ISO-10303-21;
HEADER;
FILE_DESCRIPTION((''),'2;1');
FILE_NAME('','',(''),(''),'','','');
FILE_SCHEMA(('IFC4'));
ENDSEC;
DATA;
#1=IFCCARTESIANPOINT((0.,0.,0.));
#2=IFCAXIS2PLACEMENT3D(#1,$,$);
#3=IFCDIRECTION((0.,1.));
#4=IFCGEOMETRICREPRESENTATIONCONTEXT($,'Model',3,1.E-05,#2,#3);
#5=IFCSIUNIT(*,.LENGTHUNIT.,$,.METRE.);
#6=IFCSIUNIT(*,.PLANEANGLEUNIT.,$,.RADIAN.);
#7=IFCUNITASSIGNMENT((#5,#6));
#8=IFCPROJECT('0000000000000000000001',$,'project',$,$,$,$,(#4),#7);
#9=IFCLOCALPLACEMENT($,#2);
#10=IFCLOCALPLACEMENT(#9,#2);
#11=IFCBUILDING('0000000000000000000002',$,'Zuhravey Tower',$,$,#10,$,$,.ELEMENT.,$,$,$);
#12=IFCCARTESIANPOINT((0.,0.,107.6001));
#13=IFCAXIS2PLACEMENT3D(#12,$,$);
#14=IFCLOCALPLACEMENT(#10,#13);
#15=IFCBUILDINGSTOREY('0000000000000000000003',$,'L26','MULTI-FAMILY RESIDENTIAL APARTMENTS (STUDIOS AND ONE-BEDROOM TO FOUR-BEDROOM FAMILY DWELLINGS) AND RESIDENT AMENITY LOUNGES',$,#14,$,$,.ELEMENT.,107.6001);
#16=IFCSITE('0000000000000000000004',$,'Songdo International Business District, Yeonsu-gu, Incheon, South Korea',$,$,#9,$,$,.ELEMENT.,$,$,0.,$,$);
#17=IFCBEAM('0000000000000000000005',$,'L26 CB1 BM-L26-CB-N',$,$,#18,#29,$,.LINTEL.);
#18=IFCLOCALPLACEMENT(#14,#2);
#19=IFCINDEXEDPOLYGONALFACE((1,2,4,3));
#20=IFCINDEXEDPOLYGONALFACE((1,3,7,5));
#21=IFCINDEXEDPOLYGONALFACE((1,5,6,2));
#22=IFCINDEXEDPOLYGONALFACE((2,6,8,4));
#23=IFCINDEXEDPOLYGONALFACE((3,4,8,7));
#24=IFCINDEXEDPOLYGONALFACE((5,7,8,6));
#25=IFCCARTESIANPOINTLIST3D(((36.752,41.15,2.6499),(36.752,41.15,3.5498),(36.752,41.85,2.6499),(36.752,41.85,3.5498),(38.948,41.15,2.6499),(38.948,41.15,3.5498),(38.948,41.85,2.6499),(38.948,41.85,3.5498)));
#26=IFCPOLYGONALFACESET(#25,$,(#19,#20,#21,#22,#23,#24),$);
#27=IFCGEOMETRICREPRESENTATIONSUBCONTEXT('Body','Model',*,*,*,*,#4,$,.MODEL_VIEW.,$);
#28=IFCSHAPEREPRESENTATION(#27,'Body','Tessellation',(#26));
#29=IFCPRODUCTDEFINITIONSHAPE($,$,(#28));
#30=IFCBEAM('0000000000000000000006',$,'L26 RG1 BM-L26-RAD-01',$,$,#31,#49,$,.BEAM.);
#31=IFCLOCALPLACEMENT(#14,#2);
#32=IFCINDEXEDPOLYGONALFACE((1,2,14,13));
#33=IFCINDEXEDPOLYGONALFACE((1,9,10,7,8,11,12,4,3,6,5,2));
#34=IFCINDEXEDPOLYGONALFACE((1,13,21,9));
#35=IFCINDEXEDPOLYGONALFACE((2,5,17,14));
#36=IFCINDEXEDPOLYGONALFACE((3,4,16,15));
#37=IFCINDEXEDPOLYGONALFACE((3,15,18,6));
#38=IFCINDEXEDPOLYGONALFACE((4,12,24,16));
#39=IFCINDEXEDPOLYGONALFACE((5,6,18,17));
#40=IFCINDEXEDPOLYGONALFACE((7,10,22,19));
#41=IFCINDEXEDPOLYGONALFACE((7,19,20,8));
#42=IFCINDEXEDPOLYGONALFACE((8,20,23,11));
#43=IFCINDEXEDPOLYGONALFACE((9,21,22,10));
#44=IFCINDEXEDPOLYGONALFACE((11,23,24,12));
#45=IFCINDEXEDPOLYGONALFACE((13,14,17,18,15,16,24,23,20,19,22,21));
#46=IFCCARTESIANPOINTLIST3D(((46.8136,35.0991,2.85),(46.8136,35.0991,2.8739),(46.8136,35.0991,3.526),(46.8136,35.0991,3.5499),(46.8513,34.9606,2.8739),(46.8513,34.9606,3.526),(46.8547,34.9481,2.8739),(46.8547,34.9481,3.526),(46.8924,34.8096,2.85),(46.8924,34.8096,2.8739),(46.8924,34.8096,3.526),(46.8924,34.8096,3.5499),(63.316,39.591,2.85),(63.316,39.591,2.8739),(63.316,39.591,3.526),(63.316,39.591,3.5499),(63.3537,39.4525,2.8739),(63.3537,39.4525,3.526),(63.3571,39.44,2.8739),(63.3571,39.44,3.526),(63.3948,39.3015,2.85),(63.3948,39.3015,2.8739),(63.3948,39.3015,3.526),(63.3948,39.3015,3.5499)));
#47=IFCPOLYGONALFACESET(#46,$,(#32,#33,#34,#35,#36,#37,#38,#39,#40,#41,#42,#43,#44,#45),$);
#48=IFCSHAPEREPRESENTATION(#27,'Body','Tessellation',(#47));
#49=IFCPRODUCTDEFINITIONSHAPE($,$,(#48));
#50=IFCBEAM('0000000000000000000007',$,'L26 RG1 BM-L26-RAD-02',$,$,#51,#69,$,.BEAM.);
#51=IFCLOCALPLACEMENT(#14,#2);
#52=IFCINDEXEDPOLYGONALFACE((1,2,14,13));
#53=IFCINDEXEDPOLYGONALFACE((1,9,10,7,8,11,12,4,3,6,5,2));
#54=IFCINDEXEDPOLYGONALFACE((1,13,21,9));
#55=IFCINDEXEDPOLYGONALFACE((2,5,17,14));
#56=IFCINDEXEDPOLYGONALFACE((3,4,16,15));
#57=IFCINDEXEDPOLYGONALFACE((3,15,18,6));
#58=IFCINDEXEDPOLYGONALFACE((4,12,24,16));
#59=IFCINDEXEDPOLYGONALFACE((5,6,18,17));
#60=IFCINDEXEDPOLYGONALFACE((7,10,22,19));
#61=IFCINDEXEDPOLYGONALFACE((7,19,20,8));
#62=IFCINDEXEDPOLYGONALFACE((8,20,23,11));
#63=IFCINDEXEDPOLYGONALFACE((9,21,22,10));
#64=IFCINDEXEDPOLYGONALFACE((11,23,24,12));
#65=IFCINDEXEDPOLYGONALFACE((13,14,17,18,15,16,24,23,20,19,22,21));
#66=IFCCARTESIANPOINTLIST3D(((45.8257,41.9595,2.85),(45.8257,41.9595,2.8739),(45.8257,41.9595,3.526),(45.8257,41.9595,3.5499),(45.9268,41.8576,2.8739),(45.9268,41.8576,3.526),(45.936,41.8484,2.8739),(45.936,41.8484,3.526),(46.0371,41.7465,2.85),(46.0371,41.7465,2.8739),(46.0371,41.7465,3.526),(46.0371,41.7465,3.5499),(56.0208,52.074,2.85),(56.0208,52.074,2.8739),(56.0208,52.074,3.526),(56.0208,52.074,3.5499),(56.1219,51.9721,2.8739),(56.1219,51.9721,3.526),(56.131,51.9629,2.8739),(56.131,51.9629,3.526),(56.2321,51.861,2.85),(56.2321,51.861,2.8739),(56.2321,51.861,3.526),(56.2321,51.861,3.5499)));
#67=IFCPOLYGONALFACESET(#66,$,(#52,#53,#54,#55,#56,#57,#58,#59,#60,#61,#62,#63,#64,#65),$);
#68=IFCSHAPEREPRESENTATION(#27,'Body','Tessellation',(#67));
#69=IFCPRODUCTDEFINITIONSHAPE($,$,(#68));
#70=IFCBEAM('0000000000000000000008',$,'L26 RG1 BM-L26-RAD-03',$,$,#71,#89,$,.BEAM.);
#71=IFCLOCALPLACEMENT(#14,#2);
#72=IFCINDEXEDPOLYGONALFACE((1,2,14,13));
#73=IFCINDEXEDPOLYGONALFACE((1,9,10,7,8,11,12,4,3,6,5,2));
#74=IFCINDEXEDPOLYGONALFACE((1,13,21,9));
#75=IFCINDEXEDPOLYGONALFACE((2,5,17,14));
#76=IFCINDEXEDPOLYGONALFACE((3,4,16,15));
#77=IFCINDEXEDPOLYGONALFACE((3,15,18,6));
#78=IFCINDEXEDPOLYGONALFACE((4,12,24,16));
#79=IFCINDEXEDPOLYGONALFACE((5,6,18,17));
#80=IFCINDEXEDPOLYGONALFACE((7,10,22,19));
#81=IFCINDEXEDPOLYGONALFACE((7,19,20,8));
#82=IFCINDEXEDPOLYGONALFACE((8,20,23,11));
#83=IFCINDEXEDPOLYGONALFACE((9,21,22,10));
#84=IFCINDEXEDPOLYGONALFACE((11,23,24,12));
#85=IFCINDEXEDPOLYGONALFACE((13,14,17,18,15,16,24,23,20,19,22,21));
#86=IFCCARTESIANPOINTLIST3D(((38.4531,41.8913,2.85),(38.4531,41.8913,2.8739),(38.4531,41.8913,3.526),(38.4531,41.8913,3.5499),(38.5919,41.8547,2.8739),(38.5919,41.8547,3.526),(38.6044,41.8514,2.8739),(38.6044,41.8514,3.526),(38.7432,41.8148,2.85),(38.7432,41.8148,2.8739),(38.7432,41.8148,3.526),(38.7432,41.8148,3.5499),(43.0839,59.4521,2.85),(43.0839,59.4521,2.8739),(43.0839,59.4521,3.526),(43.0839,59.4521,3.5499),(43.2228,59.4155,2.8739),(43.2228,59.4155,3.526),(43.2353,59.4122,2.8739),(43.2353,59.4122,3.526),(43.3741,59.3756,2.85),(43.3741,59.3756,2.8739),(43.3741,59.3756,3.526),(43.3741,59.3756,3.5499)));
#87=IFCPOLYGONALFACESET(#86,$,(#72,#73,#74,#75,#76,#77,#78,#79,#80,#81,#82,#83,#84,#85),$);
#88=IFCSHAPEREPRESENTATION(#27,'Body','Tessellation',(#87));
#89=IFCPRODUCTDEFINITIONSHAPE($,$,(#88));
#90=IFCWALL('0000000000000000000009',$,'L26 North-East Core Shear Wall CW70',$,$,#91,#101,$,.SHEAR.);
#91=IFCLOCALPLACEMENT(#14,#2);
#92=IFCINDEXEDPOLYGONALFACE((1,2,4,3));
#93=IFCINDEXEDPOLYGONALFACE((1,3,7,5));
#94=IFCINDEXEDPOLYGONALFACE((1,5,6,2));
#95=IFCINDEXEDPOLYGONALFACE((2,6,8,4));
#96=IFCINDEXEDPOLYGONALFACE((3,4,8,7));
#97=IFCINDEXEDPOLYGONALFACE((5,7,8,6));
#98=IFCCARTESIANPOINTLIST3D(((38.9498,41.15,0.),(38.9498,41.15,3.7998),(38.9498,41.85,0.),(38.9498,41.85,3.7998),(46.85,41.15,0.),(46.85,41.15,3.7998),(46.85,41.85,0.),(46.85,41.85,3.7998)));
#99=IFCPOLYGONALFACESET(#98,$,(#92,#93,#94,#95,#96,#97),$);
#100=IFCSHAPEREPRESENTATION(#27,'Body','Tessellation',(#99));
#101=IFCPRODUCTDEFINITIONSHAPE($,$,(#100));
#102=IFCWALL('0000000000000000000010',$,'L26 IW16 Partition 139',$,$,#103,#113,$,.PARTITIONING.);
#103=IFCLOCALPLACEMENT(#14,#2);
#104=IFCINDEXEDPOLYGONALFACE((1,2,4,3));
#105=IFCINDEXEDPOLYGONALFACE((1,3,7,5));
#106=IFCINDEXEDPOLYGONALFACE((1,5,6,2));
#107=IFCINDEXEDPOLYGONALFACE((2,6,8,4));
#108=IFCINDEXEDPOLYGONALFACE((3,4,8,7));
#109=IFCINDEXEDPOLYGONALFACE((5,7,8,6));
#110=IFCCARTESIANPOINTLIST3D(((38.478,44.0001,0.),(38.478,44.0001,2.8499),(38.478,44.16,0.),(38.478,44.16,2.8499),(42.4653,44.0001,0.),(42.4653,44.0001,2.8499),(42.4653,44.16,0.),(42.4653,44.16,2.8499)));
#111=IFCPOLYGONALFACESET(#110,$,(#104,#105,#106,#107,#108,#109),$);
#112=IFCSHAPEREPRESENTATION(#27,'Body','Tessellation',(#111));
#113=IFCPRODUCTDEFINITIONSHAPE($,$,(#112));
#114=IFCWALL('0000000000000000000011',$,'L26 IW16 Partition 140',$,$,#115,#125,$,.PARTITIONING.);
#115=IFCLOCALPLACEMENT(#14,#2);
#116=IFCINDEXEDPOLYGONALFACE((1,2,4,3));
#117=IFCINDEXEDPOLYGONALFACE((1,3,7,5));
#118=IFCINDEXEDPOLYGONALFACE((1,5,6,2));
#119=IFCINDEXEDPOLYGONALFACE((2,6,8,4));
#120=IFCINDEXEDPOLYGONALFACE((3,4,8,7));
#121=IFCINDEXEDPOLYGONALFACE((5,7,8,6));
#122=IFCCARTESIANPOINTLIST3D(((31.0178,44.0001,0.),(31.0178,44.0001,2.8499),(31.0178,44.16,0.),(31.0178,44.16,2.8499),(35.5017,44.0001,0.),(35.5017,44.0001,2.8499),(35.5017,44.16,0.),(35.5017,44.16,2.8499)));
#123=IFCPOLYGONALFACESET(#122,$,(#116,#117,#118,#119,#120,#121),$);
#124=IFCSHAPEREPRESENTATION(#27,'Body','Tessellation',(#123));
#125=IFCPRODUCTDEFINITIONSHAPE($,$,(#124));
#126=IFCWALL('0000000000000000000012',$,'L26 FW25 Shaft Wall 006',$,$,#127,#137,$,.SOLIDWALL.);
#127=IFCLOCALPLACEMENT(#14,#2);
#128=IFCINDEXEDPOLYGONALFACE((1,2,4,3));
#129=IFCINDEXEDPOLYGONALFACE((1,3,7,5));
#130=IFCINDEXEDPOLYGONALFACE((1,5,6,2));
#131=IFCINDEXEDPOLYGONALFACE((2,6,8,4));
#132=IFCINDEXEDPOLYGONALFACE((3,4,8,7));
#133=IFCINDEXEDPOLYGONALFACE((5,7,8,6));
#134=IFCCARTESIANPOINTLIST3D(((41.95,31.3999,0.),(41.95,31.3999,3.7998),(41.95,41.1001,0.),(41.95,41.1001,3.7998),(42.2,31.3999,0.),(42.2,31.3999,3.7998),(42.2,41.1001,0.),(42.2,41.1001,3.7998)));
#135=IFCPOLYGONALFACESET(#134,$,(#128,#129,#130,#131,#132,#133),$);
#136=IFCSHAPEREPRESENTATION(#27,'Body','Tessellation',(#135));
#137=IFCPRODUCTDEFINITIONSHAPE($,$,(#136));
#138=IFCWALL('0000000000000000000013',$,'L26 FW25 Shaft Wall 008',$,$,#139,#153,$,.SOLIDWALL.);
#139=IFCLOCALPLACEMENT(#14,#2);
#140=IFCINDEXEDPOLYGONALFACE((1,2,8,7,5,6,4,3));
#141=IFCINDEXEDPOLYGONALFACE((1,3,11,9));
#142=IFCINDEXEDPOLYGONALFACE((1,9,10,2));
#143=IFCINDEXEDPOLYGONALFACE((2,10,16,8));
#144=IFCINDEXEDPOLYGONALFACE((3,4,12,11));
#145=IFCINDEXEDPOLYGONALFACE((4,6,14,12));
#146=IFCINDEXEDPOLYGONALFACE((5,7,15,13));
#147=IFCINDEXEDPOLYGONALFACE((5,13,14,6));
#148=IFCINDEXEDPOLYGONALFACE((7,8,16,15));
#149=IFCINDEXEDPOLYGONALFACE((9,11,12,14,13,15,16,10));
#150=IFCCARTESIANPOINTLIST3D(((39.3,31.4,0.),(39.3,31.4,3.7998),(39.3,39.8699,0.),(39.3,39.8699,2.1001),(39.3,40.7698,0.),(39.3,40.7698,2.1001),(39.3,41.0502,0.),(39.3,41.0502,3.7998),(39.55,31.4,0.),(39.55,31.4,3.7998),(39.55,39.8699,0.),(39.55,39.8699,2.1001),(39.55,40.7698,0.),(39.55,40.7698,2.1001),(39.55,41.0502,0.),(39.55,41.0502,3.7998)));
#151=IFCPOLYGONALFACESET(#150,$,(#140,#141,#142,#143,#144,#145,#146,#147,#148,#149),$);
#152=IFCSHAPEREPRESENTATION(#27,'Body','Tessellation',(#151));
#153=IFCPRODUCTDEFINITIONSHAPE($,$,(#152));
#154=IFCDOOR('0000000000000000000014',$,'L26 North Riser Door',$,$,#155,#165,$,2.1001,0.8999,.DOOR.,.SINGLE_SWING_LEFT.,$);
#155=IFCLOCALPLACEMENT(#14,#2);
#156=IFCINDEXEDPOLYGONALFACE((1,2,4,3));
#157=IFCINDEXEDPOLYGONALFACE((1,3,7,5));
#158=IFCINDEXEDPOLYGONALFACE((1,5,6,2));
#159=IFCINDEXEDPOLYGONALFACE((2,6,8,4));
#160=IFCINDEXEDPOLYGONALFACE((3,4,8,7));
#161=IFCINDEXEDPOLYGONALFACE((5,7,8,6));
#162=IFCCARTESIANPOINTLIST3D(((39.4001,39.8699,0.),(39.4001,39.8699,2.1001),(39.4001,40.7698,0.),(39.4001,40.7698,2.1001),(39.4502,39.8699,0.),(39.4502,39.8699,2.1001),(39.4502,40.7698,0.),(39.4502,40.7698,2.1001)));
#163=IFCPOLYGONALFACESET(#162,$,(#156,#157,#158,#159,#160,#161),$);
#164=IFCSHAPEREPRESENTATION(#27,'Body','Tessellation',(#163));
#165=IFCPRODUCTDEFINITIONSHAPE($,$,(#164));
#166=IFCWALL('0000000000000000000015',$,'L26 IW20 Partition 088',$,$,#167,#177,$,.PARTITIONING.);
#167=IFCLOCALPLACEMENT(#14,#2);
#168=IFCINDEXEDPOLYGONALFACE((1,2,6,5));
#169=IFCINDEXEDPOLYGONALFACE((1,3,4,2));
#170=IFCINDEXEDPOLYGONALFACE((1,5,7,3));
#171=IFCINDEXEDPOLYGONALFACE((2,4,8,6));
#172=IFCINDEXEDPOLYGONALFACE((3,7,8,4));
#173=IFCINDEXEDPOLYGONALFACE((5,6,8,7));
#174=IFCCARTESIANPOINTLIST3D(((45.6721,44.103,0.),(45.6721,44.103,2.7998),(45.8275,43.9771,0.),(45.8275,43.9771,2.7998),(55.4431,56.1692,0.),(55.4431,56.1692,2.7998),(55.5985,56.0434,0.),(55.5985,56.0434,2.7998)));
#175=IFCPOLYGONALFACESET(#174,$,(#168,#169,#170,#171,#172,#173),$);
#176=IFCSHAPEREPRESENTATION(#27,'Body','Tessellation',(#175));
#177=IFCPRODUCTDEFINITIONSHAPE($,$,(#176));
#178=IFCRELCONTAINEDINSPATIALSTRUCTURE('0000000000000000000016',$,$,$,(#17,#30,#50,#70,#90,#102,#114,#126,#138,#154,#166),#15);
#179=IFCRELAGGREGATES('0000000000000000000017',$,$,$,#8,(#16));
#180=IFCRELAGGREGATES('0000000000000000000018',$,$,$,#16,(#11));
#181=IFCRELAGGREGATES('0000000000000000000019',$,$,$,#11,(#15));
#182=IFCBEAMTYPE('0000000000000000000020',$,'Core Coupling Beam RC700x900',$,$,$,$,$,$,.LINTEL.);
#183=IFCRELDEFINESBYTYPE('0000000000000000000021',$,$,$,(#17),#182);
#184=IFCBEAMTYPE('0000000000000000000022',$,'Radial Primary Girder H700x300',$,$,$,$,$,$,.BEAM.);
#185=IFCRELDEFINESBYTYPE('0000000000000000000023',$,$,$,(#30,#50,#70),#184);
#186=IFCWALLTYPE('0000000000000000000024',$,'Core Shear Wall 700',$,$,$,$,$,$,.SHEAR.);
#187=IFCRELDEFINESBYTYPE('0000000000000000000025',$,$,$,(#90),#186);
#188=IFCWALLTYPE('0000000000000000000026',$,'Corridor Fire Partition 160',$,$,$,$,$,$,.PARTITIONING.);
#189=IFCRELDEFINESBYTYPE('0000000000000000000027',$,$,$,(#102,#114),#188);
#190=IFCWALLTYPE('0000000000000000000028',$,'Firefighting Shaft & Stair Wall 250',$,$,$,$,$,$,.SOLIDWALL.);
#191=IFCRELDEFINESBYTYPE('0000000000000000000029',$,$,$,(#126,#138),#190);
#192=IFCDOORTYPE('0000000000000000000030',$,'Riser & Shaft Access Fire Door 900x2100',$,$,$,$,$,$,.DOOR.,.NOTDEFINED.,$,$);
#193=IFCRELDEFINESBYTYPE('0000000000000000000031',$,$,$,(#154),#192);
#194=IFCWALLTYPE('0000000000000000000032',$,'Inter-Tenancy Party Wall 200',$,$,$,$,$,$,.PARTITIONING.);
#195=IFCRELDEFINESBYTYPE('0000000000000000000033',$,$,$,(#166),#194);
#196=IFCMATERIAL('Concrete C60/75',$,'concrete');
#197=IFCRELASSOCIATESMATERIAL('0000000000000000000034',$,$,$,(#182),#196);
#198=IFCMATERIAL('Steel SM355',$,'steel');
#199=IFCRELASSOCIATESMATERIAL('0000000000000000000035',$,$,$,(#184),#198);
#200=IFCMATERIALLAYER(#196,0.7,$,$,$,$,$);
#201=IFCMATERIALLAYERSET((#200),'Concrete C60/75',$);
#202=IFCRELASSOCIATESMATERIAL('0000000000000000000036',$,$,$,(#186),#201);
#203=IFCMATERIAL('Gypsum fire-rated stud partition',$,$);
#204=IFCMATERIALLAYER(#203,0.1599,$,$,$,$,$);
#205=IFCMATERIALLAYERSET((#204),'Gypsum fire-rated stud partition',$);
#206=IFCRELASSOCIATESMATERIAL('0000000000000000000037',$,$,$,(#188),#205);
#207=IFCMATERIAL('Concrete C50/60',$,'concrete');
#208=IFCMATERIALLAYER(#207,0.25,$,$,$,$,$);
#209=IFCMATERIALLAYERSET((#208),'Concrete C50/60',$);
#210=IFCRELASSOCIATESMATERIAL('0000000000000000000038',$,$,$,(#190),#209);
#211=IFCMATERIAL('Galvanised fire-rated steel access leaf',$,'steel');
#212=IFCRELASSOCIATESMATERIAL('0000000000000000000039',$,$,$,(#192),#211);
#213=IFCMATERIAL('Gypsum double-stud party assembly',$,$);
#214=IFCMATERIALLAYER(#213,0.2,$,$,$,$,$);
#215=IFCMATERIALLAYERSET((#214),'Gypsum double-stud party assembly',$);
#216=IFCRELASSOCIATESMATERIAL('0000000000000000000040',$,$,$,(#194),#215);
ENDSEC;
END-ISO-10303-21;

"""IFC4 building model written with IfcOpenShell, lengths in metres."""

from ifc_helpers import new_model, si_unit, direction, frame, frame_2d, origin, origin_2d, place, context, subcontext, project, spatial, rectangle, i_section, extrude, material, layer, layer_set, material_profile, profile_set, type_object, element, fill, save


model = new_model("IFC4")

# Units and contexts
model_context = context("Model", 3, precision=1e-05, world=origin(), true_north=direction((0.0, 1.0)))
body_context = subcontext(model_context, "Body", "Model", "MODEL_VIEW")
ifc_project = project(units=[si_unit("LENGTHUNIT", "METRE"), si_unit("PLANEANGLEUNIT", "RADIAN")], contexts=[model_context])

# Site, building, storey
site_placement = place(None, origin())
site = spatial("IfcSite", under=ifc_project, at=site_placement, Name="Songdo International Business District, Yeonsu-gu, Incheon, South Korea", CompositionType="ELEMENT", RefElevation=0.0)
building_placement = place(site_placement, origin())
building = spatial("IfcBuilding", under=site, at=building_placement, Name="Zuhravey Tower", CompositionType="ELEMENT")
storey_placement = place(building_placement, frame((0.0, 0.0, 107.6001)))
storey = spatial("IfcBuildingStorey", under=building, at=storey_placement, Name="L26", Description="MULTI-FAMILY RESIDENTIAL APARTMENTS (STUDIOS AND ONE-BEDROOM TO FOUR-BEDROOM FAMILY DWELLINGS) AND RESIDENT AMENITY LOUNGES", CompositionType="ELEMENT", Elevation=107.6001)

# Beams
ifc_material_1 = material(Name="Concrete C60/75", Category="concrete")
ifc_material_profile_1 = material_profile(ifc_material_1, rectangle(XDim=0.7, YDim=0.8999, at=origin_2d()), Name="RC-700x900")
ifc_profile_set_1 = profile_set([ifc_material_profile_1], Name="Concrete C60/75")
beam_type_1 = type_object("IfcBeamType", Name="Core Coupling Beam RC700x900", PredefinedType="LINTEL", material=ifc_profile_set_1)
beam_1_placement = place(storey_placement, frame((36.752, 41.5, 3.0999), z_axis=(1.0, 0.0, 0.0), x_axis=(0.0, 1.0, 0.0)))
element("IfcBeam", 1, at=beam_1_placement, inside=storey, type_object=beam_type_1, Name="L26 CB1 BM-L26-CB-N", PredefinedType="LINTEL", context=body_context, shape_type="SweptSolid", body=[
    extrude(rectangle(XDim=0.7, YDim=0.8999, at=origin_2d()), origin(), (0.0, 0.0, 1.0), 2.196),
])
ifc_material_2 = material(Name="Steel SM355", Category="steel")
ifc_material_profile_2 = material_profile(ifc_material_2, i_section(OverallWidth=0.3, OverallDepth=0.7, WebThickness=0.0129, FlangeThickness=0.0239, at=origin_2d()), Name="H-700x300x13x24")
ifc_profile_set_2 = profile_set([ifc_material_profile_2], Name="Steel SM355")
beam_type_2 = type_object("IfcBeamType", Name="Radial Primary Girder H700x300", PredefinedType="BEAM", material=ifc_profile_set_2)
beam_2_placement = place(storey_placement, frame((46.853, 34.9543, 3.2), z_axis=(0.964893, 0.262643, 0.0), x_axis=(-0.262643, 0.964893, 0.0)))
element("IfcBeam", 2, at=beam_2_placement, inside=storey, type_object=beam_type_2, Name="L26 RG1 BM-L26-RAD-01", PredefinedType="BEAM", context=body_context, shape_type="SweptSolid", body=[
    extrude(i_section(OverallWidth=0.3, OverallDepth=0.7, WebThickness=0.0129, FlangeThickness=0.0239, at=origin_2d()), origin(), (0.0, 0.0, 1.0), 17.1028),
])
beam_3_placement = place(storey_placement, frame((45.9314, 41.853, 3.2), z_axis=(0.709906, 0.704296, 0.0), x_axis=(-0.704296, 0.709906, 0.0)))
element("IfcBeam", 3, at=beam_3_placement, inside=storey, type_object=beam_type_2, Name="L26 RG1 BM-L26-RAD-02", PredefinedType="BEAM", context=body_context, shape_type="SweptSolid", body=[
    extrude(i_section(OverallWidth=0.3, OverallDepth=0.7, WebThickness=0.0129, FlangeThickness=0.0239, at=origin_2d()), origin(), (0.0, 0.0, 1.0), 14.3611),
])
beam_4_placement = place(storey_placement, frame((38.5981, 41.853, 3.2), z_axis=(0.254988, 0.966944, 0.0), x_axis=(-0.966944, 0.254988, 0.0)))
element("IfcBeam", 4, at=beam_4_placement, inside=storey, type_object=beam_type_2, Name="L26 RG1 BM-L26-RAD-03", PredefinedType="BEAM", context=body_context, shape_type="SweptSolid", body=[
    extrude(i_section(OverallWidth=0.3, OverallDepth=0.7, WebThickness=0.0129, FlangeThickness=0.0239, at=origin_2d()), origin(), (0.0, 0.0, 1.0), 18.1611),
])

# Wall
ifc_layer_1 = layer(ifc_material_1, 0.7)
ifc_layer_set_1 = layer_set([ifc_layer_1], Name="Concrete C60/75")
wall_type_1 = type_object("IfcWallType", Name="Core Shear Wall 700", PredefinedType="SHEAR", material=ifc_layer_set_1)
wall_1_placement = place(storey_placement, frame((46.8501, 41.5, 0.0), z_axis=(0.0, 0.0, 1.0), x_axis=(-1.0, 0.0, 0.0)))
element("IfcWall", 5, at=wall_1_placement, inside=storey, type_object=wall_type_1, Name="L26 North-East Core Shear Wall CW70", PredefinedType="SHEAR", context=body_context, shape_type="SweptSolid", body=[
    extrude(rectangle(XDim=7.9001, YDim=0.7, at=frame_2d((3.9502, 0.0))), origin(), (0.0, 0.0, 1.0), 3.7998),
])

# Shared definitions
ifc_material_3 = material(Name="Gypsum fire-rated stud partition")
ifc_layer_2 = layer(ifc_material_3, 0.1599)
ifc_layer_set_2 = layer_set([ifc_layer_2], Name="Gypsum fire-rated stud partition")
wall_type_2 = type_object("IfcWallType", Name="Corridor Fire Partition 160", PredefinedType="PARTITIONING", material=ifc_layer_set_2)

# Walls
wall_2_placement = place(storey_placement, frame((42.4653, 44.0801, 0.0), z_axis=(0.0, 0.0, 1.0), x_axis=(-1.0, 0.0, 0.0)))
element("IfcWall", 6, at=wall_2_placement, inside=storey, type_object=wall_type_2, Name="L26 IW16 Partition 139", PredefinedType="PARTITIONING", context=body_context, shape_type="SweptSolid", body=[
    extrude(rectangle(XDim=3.9873, YDim=0.1599, at=frame_2d((1.9937, 0.0))), origin(), (0.0, 0.0, 1.0), 2.8499),
])
wall_3_placement = place(storey_placement, frame((35.5017, 44.0801, 0.0), z_axis=(0.0, 0.0, 1.0), x_axis=(-1.0, 0.0, 0.0)))
element("IfcWall", 7, at=wall_3_placement, inside=storey, type_object=wall_type_2, Name="L26 IW16 Partition 140", PredefinedType="PARTITIONING", context=body_context, shape_type="SweptSolid", body=[
    extrude(rectangle(XDim=4.4839, YDim=0.1599, at=frame_2d((2.2419, 0.0))), origin(), (0.0, 0.0, 1.0), 2.8499),
])

# Shared definitions
ifc_material_4 = material(Name="Concrete C50/60", Category="concrete")
ifc_layer_3 = layer(ifc_material_4, 0.25)
ifc_layer_set_3 = layer_set([ifc_layer_3], Name="Concrete C50/60")
wall_type_3 = type_object("IfcWallType", Name="Firefighting Shaft & Stair Wall 250", PredefinedType="SOLIDWALL", material=ifc_layer_set_3)

# Wall
wall_4_placement = place(storey_placement, frame((42.075, 31.3999, 0.0), z_axis=(0.0, 0.0, 1.0), x_axis=(0.0, 1.0, 0.0)))
element("IfcWall", 8, at=wall_4_placement, inside=storey, type_object=wall_type_3, Name="L26 FW25 Shaft Wall 006", PredefinedType="SOLIDWALL", context=body_context, shape_type="SweptSolid", body=[
    extrude(rectangle(XDim=9.7002, YDim=0.25, at=frame_2d((4.8501, 0.0))), origin(), (0.0, 0.0, 1.0), 3.7998),
])

# Wall, opening, door
wall_5_placement = place(storey_placement, frame((39.425, 31.3999, 0.0), z_axis=(0.0, 0.0, 1.0), x_axis=(0.0, 1.0, 0.0)))
wall_5 = element("IfcWall", 9, at=wall_5_placement, inside=storey, type_object=wall_type_3, Name="L26 FW25 Shaft Wall 008", PredefinedType="SOLIDWALL", context=body_context, shape_type="SweptSolid", body=[
    extrude(rectangle(XDim=9.6501, YDim=0.25, at=frame_2d((4.8252, 0.0))), origin(), (0.0, 0.0, 1.0), 3.7998),
])
opening_1_placement = place(wall_5_placement, frame((8.47, 0.0, 0.0)))
opening_1 = element("IfcOpeningElement", 10, at=opening_1_placement, cuts=wall_5, PredefinedType="OPENING", context=body_context, shape_type="SweptSolid", body=[
    extrude(rectangle(XDim=0.8999, YDim=2.1001, at=frame_2d((0.45, 1.05))), frame((0.0, 0.137, 0.0), z_axis=(0.0, -1.0, 0.0), x_axis=(1.0, 0.0, 0.0)), (0.0, 0.0, 1.0), 0.2739),
])
ifc_material_5 = material(Name="Galvanised fire-rated steel access leaf", Category="steel")
door_type_1 = type_object("IfcDoorType", Name="Riser & Shaft Access Fire Door 900x2100", OperationType="NOTDEFINED", PredefinedType="DOOR", material=ifc_material_5)
door_1_placement = place(opening_1_placement, origin())
door_1 = element("IfcDoor", 11, at=door_1_placement, inside=storey, type_object=door_type_1, Name="L26 North Riser Door", OperationType="SINGLE_SWING_LEFT", OverallHeight=2.1001, OverallWidth=0.8999, PredefinedType="DOOR", context=body_context, shape_type="SweptSolid", body=[
    extrude(rectangle(XDim=0.8999, YDim=2.1001, at=frame_2d((0.45, 1.05))), frame((0.0, 0.0249, 0.0), z_axis=(0.0, -1.0, 0.0), x_axis=(1.0, 0.0, 0.0)), (0.0, 0.0, 1.0), 0.05),
])
fill(opening_1, door_1)

# Wall
ifc_material_6 = material(Name="Gypsum double-stud party assembly")
ifc_layer_4 = layer(ifc_material_6, 0.2)
ifc_layer_set_4 = layer_set([ifc_layer_4], Name="Gypsum double-stud party assembly")
wall_type_4 = type_object("IfcWallType", Name="Inter-Tenancy Party Wall 200", PredefinedType="PARTITIONING", material=ifc_layer_set_4)
wall_6_placement = place(storey_placement, frame((45.7498, 44.04, 0.0), z_axis=(0.0, 0.0, 1.0), x_axis=(0.629321, 0.777146, 0.0)))
element("IfcWall", 12, at=wall_6_placement, inside=storey, type_object=wall_type_4, Name="L26 IW20 Partition 088", PredefinedType="PARTITIONING", context=body_context, shape_type="SweptSolid", body=[
    extrude(rectangle(XDim=15.5264, YDim=0.2, at=frame_2d((7.7632, 0.0))), origin(), (0.0, 0.0, 1.0), 2.7998),
])

save(model, "model.ifc")
